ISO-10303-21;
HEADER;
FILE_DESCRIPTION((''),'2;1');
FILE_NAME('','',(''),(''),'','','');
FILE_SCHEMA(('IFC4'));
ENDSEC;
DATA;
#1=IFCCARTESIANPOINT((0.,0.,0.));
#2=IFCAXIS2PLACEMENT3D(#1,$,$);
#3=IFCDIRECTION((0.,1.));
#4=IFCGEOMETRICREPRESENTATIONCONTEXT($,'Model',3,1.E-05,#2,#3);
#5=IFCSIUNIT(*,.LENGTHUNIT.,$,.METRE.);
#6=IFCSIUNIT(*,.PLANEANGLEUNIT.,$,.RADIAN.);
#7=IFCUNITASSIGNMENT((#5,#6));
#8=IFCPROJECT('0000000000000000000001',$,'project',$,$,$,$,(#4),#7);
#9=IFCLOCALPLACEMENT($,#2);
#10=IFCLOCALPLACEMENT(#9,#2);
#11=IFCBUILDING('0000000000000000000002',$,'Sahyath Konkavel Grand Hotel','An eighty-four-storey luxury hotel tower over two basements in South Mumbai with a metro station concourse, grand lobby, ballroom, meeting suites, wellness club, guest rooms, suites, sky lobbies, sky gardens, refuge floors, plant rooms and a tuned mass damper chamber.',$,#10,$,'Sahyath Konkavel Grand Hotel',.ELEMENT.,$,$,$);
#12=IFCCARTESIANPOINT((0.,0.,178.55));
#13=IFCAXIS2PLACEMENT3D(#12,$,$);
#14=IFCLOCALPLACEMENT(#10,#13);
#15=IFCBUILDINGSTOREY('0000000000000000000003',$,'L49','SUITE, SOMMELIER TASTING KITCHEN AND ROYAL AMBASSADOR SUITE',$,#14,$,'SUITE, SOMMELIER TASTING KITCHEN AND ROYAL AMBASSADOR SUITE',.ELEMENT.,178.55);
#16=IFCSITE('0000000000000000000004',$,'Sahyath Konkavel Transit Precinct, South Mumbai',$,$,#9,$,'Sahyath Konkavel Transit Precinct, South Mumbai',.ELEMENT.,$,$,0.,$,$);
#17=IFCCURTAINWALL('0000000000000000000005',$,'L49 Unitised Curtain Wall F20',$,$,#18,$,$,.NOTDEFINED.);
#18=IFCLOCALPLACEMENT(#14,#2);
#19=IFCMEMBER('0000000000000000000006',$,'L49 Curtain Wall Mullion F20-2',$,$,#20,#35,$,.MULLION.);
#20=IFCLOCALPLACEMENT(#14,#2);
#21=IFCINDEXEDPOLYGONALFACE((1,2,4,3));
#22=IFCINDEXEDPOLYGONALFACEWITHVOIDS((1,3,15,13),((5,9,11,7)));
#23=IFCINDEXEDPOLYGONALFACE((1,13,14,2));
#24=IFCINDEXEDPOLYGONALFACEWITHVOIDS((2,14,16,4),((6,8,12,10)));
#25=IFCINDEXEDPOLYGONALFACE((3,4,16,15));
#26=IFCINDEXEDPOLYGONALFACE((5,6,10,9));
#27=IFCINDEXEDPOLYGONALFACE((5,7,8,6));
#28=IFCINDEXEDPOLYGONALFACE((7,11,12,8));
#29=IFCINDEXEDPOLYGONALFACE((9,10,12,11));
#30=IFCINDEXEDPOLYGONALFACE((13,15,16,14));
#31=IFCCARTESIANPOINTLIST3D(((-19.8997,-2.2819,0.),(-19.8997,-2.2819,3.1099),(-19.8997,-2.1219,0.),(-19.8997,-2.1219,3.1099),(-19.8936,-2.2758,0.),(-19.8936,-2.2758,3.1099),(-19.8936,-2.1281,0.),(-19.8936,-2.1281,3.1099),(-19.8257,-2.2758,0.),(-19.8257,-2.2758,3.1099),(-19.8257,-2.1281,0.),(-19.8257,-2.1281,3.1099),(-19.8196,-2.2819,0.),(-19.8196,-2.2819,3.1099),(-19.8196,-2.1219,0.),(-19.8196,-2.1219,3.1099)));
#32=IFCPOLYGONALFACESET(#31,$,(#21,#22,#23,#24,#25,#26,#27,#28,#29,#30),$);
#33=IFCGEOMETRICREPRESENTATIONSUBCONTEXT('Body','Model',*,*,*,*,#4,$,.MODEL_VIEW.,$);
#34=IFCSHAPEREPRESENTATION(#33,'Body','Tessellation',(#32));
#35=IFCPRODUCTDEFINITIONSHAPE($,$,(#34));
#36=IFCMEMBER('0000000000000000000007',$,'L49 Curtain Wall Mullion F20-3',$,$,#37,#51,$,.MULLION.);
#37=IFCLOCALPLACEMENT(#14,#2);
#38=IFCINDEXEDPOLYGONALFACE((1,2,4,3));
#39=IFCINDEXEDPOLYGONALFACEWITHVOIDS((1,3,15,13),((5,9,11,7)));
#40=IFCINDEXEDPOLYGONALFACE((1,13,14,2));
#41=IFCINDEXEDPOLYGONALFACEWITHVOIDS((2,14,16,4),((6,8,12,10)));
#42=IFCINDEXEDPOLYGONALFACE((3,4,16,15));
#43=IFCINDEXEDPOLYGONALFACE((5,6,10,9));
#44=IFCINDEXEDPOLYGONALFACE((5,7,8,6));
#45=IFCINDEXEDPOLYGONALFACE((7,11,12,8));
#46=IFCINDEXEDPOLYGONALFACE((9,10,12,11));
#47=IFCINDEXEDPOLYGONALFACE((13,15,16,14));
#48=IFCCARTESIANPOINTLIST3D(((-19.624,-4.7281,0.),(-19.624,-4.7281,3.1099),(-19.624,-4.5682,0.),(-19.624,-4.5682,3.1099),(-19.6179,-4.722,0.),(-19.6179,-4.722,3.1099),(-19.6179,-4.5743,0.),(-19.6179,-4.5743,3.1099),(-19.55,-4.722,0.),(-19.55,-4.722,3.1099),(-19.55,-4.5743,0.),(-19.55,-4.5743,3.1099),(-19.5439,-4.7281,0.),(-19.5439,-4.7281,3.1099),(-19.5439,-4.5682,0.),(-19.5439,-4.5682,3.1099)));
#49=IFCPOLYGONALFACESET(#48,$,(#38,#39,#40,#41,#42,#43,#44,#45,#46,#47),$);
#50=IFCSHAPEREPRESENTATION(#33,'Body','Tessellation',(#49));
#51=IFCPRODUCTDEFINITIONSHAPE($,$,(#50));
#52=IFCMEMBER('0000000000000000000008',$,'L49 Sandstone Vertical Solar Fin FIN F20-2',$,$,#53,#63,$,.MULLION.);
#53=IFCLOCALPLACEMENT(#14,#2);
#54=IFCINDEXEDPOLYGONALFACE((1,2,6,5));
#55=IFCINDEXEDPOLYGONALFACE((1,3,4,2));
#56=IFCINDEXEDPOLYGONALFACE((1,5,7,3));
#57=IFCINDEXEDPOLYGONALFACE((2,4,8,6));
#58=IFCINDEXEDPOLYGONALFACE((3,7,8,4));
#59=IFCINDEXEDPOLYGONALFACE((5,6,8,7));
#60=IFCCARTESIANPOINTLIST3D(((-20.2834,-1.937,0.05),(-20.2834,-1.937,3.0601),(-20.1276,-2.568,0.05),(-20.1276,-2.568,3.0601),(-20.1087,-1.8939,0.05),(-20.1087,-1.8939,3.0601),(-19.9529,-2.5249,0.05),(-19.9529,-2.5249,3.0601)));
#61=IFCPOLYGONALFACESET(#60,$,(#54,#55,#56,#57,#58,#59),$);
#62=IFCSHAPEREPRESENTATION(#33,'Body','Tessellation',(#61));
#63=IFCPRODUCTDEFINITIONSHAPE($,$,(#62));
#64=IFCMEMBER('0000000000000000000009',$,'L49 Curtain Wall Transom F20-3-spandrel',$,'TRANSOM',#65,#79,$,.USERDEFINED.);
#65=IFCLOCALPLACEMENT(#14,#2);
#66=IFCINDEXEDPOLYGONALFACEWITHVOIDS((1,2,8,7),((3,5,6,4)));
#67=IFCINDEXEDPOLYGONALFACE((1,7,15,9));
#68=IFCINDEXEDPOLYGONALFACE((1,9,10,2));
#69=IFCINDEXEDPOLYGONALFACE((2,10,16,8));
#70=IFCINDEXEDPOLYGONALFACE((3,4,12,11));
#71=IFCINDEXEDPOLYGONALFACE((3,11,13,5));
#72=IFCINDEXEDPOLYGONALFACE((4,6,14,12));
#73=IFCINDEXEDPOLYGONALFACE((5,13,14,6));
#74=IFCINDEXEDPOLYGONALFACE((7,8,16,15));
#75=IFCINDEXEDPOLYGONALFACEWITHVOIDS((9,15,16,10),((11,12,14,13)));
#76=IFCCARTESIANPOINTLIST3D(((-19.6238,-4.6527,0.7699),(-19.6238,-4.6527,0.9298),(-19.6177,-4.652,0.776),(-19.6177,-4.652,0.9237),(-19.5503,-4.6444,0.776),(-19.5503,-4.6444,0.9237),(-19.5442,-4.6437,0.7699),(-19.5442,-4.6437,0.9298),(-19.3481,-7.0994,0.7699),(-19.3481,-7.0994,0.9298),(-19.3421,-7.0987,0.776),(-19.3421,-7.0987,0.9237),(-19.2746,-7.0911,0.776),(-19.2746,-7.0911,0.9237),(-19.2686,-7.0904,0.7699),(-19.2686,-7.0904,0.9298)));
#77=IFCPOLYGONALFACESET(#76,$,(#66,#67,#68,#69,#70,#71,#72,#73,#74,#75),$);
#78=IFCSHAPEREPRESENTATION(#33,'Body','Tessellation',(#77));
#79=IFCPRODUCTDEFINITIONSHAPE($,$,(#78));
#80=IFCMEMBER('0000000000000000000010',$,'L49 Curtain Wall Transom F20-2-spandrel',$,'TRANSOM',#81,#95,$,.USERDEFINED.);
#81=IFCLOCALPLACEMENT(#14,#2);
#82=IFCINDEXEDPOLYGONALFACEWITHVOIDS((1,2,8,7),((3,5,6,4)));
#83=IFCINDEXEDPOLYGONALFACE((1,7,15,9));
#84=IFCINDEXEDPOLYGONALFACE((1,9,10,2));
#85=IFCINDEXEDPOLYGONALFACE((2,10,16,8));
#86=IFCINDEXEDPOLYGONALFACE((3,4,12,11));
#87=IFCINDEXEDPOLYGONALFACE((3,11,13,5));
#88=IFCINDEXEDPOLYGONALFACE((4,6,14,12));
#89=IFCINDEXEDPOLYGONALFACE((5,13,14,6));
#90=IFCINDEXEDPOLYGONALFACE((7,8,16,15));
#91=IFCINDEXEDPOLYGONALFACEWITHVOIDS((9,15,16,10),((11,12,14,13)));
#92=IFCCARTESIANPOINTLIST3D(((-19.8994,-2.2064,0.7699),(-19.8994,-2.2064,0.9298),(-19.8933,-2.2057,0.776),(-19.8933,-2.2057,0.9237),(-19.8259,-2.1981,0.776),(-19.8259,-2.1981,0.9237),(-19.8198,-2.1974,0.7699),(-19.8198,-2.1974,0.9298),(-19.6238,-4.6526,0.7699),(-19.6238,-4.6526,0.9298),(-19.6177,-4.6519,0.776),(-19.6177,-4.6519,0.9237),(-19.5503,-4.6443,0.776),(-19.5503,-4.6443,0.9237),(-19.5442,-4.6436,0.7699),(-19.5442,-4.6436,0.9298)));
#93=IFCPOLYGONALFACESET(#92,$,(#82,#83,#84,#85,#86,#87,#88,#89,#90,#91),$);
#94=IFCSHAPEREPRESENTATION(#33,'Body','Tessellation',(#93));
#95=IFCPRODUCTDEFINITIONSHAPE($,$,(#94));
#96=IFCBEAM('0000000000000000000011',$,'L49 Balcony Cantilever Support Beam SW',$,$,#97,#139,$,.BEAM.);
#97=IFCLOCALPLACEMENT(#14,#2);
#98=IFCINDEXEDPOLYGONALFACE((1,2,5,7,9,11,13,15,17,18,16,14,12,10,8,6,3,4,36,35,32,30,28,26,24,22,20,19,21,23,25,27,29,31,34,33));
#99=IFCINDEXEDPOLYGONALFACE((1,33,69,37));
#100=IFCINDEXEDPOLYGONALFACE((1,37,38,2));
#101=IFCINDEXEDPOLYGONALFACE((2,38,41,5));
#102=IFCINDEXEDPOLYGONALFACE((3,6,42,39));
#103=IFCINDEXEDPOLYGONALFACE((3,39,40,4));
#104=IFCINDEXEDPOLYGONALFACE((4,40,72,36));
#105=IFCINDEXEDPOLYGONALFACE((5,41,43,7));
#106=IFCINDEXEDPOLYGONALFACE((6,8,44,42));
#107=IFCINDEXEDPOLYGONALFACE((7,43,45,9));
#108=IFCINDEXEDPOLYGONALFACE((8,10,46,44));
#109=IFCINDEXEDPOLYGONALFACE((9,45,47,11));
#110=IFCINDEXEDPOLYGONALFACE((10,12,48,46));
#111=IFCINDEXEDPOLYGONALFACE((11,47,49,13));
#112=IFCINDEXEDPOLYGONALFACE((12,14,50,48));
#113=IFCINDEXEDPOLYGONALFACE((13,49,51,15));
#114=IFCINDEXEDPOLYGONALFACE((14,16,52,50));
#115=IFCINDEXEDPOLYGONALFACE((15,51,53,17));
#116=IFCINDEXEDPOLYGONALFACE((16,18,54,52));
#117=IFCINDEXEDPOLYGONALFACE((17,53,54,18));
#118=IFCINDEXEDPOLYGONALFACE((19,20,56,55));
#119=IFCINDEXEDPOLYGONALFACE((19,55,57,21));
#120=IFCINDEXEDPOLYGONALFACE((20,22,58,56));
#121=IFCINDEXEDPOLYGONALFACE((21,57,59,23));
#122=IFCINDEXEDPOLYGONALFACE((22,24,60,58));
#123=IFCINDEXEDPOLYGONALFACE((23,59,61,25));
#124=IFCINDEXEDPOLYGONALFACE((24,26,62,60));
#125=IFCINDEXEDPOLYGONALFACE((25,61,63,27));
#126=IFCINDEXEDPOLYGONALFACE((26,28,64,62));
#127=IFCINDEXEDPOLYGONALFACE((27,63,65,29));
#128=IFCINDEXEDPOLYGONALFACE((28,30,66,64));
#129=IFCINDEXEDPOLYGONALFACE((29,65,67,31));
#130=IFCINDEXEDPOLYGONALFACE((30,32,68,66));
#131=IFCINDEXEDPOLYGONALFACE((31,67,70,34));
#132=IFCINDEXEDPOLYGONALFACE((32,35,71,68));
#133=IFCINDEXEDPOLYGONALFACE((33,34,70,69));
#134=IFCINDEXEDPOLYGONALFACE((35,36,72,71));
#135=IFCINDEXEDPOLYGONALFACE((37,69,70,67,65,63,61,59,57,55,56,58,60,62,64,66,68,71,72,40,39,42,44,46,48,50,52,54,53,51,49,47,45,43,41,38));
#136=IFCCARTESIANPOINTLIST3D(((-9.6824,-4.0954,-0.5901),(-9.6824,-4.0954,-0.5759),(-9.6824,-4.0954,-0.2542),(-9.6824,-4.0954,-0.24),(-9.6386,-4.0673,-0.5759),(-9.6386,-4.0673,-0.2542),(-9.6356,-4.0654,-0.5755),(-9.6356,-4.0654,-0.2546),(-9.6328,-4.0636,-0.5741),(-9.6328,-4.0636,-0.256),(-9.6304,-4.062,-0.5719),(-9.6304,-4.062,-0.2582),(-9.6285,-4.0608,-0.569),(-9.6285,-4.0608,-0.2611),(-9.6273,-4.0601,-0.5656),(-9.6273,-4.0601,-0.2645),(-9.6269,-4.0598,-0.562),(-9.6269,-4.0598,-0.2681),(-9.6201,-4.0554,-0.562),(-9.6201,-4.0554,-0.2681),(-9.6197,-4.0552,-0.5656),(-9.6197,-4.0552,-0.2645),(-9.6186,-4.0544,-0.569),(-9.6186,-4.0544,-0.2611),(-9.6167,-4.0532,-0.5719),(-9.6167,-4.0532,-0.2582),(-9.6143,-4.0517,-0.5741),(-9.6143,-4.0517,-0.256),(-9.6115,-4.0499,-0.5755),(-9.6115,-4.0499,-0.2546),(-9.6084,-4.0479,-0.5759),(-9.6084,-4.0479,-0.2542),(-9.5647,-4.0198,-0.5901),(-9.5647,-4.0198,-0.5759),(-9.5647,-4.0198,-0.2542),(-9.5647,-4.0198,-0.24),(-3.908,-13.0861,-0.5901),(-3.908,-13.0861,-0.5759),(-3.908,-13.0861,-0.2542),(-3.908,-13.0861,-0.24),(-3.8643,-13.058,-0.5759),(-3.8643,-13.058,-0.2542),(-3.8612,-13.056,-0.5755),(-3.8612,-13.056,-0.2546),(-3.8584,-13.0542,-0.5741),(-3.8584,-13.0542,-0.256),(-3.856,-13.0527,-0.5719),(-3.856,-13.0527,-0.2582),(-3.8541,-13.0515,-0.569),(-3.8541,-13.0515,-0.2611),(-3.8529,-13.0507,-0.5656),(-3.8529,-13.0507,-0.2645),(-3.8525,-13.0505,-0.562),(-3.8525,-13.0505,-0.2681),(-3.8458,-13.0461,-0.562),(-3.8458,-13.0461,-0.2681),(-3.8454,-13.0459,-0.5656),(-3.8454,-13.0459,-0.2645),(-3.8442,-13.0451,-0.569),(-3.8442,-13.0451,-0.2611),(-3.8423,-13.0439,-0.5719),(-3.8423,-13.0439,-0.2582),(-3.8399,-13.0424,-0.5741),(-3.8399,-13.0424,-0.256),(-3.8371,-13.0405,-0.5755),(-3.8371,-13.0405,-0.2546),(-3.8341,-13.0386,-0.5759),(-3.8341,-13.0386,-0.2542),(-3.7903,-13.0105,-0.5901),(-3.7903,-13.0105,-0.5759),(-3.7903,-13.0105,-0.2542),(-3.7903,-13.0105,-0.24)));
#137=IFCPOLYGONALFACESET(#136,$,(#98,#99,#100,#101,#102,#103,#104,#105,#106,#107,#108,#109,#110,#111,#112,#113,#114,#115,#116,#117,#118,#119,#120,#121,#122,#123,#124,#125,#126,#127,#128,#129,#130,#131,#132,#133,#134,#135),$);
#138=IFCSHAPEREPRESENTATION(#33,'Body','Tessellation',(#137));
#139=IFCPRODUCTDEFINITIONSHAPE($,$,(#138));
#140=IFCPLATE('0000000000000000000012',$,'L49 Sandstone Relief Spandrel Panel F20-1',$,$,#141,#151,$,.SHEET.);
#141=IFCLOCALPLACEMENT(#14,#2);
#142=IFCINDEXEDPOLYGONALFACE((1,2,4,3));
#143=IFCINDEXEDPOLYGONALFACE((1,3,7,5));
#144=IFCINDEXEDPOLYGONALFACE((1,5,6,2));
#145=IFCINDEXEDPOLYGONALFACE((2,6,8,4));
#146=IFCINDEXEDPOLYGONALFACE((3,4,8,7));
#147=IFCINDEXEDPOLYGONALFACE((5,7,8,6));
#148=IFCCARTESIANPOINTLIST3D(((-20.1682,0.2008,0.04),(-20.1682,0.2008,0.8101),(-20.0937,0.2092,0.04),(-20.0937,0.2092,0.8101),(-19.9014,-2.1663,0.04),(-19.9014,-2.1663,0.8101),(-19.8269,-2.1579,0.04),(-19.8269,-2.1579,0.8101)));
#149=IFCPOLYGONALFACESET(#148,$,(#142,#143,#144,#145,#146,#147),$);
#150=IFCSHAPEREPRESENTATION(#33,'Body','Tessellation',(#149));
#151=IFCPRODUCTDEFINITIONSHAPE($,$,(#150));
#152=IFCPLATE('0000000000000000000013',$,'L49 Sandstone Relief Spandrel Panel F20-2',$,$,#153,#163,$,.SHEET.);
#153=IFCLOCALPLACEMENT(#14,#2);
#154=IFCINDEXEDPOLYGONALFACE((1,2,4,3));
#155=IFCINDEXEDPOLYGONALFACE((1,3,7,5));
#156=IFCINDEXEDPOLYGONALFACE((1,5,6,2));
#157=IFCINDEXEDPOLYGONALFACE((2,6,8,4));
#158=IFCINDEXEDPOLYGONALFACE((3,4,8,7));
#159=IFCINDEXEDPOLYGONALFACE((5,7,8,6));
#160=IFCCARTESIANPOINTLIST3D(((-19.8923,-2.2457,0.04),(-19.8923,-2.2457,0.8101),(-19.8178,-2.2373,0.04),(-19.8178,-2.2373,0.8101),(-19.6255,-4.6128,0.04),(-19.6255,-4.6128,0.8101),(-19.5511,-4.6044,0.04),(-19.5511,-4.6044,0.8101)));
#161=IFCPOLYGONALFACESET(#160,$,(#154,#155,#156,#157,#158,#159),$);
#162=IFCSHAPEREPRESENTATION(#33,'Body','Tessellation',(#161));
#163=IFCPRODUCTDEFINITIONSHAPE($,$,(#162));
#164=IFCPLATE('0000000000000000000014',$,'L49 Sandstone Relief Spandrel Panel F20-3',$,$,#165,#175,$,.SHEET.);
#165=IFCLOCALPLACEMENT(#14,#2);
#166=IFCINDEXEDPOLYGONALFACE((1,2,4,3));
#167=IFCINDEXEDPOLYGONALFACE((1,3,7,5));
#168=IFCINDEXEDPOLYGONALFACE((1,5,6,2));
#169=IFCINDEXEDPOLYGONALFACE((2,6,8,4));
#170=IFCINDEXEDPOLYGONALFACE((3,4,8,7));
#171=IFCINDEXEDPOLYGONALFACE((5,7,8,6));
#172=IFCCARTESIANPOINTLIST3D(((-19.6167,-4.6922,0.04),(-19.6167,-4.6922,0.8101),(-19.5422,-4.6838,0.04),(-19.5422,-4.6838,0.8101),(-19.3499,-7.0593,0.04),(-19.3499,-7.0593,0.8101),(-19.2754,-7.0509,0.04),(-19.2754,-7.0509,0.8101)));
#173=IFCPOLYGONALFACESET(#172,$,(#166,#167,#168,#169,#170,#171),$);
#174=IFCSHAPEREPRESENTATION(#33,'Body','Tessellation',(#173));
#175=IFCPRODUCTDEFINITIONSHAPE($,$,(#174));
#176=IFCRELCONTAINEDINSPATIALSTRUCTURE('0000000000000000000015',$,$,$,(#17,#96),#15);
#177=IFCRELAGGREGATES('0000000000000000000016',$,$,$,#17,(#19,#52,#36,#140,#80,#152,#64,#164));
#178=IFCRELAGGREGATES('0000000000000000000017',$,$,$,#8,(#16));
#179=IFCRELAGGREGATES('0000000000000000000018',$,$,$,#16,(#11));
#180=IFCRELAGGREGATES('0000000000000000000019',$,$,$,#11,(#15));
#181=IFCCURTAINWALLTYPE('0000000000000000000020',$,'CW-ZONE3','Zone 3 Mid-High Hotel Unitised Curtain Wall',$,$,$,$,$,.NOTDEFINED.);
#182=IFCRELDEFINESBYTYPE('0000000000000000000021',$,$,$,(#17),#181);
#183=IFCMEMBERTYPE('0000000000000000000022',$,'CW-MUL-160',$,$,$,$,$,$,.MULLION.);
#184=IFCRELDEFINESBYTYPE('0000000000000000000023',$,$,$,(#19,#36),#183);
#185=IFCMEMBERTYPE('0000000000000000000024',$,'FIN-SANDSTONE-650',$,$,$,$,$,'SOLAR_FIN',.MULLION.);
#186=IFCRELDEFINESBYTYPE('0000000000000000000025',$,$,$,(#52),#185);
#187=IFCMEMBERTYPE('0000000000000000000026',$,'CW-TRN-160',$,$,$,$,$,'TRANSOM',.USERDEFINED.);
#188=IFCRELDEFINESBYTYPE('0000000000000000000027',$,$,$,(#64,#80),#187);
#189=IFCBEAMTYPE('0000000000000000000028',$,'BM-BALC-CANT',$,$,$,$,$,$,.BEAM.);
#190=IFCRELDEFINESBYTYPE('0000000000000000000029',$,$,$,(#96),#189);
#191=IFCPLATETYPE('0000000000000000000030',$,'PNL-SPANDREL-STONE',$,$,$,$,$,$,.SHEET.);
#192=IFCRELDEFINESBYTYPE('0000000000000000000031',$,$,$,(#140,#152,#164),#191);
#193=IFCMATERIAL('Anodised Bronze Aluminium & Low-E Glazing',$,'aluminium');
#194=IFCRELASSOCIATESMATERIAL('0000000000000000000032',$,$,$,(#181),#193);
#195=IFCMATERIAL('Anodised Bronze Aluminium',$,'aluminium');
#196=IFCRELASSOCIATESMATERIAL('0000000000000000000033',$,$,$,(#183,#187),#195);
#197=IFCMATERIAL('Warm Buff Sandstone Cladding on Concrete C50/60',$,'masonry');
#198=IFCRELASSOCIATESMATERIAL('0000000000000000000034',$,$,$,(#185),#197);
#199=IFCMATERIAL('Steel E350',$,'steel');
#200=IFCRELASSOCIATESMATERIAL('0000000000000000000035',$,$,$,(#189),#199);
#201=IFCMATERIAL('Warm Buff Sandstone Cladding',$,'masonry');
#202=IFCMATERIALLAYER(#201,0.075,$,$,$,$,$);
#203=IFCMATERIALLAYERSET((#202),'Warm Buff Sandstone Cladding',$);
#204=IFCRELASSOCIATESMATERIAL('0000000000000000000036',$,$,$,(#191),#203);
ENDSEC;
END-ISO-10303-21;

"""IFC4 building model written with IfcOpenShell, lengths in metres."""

from ifc_helpers import new_model, si_unit, direction, frame, origin, origin_2d, place, context, subcontext, project, spatial, rectangle, hollow_rectangle, i_section, extrude, source, transform, mapped, material, layer, layer_set, material_profile, profile_set, type_object, element, aggregate, save


model = new_model("IFC4")

# Units and contexts
model_context = context("Model", 3, precision=1e-05, world=origin(), true_north=direction((0.0, 1.0)))
body_context = subcontext(model_context, "Body", "Model", "MODEL_VIEW")
ifc_project = project(units=[si_unit("LENGTHUNIT", "METRE"), si_unit("PLANEANGLEUNIT", "RADIAN")], contexts=[model_context])

# Site, building, storey
site_placement = place(None, origin())
site = spatial("IfcSite", under=ifc_project, at=site_placement, Name="Sahyath Konkavel Transit Precinct, South Mumbai", LongName="Sahyath Konkavel Transit Precinct, South Mumbai", CompositionType="ELEMENT", RefElevation=0.0)
building_placement = place(site_placement, origin())
building = spatial("IfcBuilding", under=site, at=building_placement, Name="Sahyath Konkavel Grand Hotel", Description="An eighty-four-storey luxury hotel tower over two basements in South Mumbai with a metro station concourse, grand lobby, ballroom, meeting suites, wellness club, guest rooms, suites, sky lobbies, sky gardens, refuge floors, plant rooms and a tuned mass damper chamber.", LongName="Sahyath Konkavel Grand Hotel", CompositionType="ELEMENT")
storey_placement = place(building_placement, frame((0.0, 0.0, 178.55)))
storey = spatial("IfcBuildingStorey", under=building, at=storey_placement, Name="L49", Description="SUITE, SOMMELIER TASTING KITCHEN AND ROYAL AMBASSADOR SUITE", LongName="SUITE, SOMMELIER TASTING KITCHEN AND ROYAL AMBASSADOR SUITE", CompositionType="ELEMENT", Elevation=178.55)

# Curtain wall, members
ifc_material_1 = material(Name="Anodised Bronze Aluminium & Low-E Glazing", Category="aluminium")
curtain_wall_type = type_object("IfcCurtainWallType", Name="CW-ZONE3", Description="Zone 3 Mid-High Hotel Unitised Curtain Wall", PredefinedType="NOTDEFINED", material=ifc_material_1)
curtain_wall_placement = place(storey_placement, origin())
curtain_wall = element("IfcCurtainWall", 1, at=curtain_wall_placement, inside=storey, type_object=curtain_wall_type, Name="L49 Unitised Curtain Wall F20", PredefinedType="NOTDEFINED")
ifc_material_2 = material(Name="Anodised Bronze Aluminium", Category="aluminium")
ifc_material_profile_1 = material_profile(ifc_material_2, hollow_rectangle(XDim=0.0801, YDim=0.1599, WallThickness=0.0061, at=origin_2d()), Name="RHS 160x80x6")
ifc_profile_set_1 = profile_set([ifc_material_profile_1], Name="Anodised Bronze Aluminium")
member_type_1 = type_object("IfcMemberType", Name="CW-MUL-160", PredefinedType="MULLION", material=ifc_profile_set_1)
shared_shape_1 = source(origin(), body_context, "Body", "SweptSolid", [
    extrude(hollow_rectangle(XDim=0.0801, YDim=0.1599, WallThickness=0.0061, at=origin_2d()), origin(), (0.0, 0.0, 1.0), 3.1099),
])
member_1_placement = place(storey_placement, frame((-19.8596, -2.2019, 0.0), z_axis=(0.0, 0.0, 1.0), x_axis=(1.0, 0.0, 0.0)))
member_1 = element("IfcMember", 2, at=member_1_placement, type_object=member_type_1, Name="L49 Curtain Wall Mullion F20-2", PredefinedType="MULLION", context=body_context, shape_type="MappedRepresentation", body=[
    mapped(shared_shape_1, transform((0.0, 0.0, 0.0), scale=1.0)),
])
member_2_placement = place(storey_placement, frame((-19.584, -4.6482, 0.0), z_axis=(0.0, 0.0, 1.0), x_axis=(1.0, 0.0, 0.0)))
member_2 = element("IfcMember", 3, at=member_2_placement, type_object=member_type_1, Name="L49 Curtain Wall Mullion F20-3", PredefinedType="MULLION", context=body_context, shape_type="MappedRepresentation", body=[
    mapped(shared_shape_1, transform((0.0, 0.0, 0.0), scale=1.0)),
])
ifc_material_3 = material(Name="Warm Buff Sandstone Cladding on Concrete C50/60", Category="masonry")
ifc_material_profile_2 = material_profile(ifc_material_3, rectangle(XDim=0.1799, YDim=0.6499, at=origin_2d()), Name="FIN 180x650")
ifc_profile_set_2 = profile_set([ifc_material_profile_2], Name="Warm Buff Sandstone Cladding on Concrete C50/60")
member_type_2 = type_object("IfcMemberType", Name="FIN-SANDSTONE-650", ElementType="SOLAR_FIN", PredefinedType="MULLION", material=ifc_profile_set_2)
shared_shape_2 = source(origin(), body_context, "Body", "SweptSolid", [
    extrude(rectangle(XDim=0.1799, YDim=0.6499, at=origin_2d()), origin(), (0.0, 0.0, 1.0), 3.01),
])
member_3_placement = place(storey_placement, frame((-20.1182, -2.231, 0.05), z_axis=(0.0, 0.0, 1.0), x_axis=(0.970842, 0.23972, 0.0)))
member_3 = element("IfcMember", 4, at=member_3_placement, type_object=member_type_2, Name="L49 Sandstone Vertical Solar Fin FIN F20-2", PredefinedType="MULLION", context=body_context, shape_type="MappedRepresentation", body=[
    mapped(shared_shape_2, transform((0.0, 0.0, 0.0), scale=1.0)),
])
ifc_material_profile_3 = material_profile(ifc_material_2, hollow_rectangle(XDim=0.0801, YDim=0.1599, WallThickness=0.0061, at=origin_2d()), Name="RHS 160x80x6")
ifc_profile_set_3 = profile_set([ifc_material_profile_3], Name="Anodised Bronze Aluminium")
member_type_3 = type_object("IfcMemberType", Name="CW-TRN-160", ElementType="TRANSOM", PredefinedType="USERDEFINED", material=ifc_profile_set_3)
shared_shape_3 = source(origin(), body_context, "Body", "SweptSolid", [
    extrude(hollow_rectangle(XDim=0.0801, YDim=0.1599, WallThickness=0.0061, at=origin_2d()), origin(), (0.0, 0.0, 1.0), 2.4622),
])
member_4_placement = place(storey_placement, frame((-19.584, -4.6482, 0.8499), z_axis=(0.111944, -0.993715, 0.0), x_axis=(0.993715, 0.111944, 0.0)))
member_4 = element("IfcMember", 5, at=member_4_placement, type_object=member_type_3, Name="L49 Curtain Wall Transom F20-3-spandrel", ObjectType="TRANSOM", PredefinedType="USERDEFINED", context=body_context, shape_type="MappedRepresentation", body=[
    mapped(shared_shape_3, transform((0.0, 0.0, 0.0), scale=1.0)),
])
shared_shape_4 = source(origin(), body_context, "Body", "SweptSolid", [
    extrude(hollow_rectangle(XDim=0.0801, YDim=0.1599, WallThickness=0.0061, at=origin_2d()), origin(), (0.0, 0.0, 1.0), 2.4617),
])
member_5_placement = place(storey_placement, frame((-19.8596, -2.2019, 0.8499), z_axis=(0.111966, -0.993712, 0.0), x_axis=(0.993712, 0.111966, 0.0)))
member_5 = element("IfcMember", 6, at=member_5_placement, type_object=member_type_3, Name="L49 Curtain Wall Transom F20-2-spandrel", ObjectType="TRANSOM", PredefinedType="USERDEFINED", context=body_context, shape_type="MappedRepresentation", body=[
    mapped(shared_shape_4, transform((0.0, 0.0, 0.0), scale=1.0)),
])

# Beam
ifc_material_4 = material(Name="Steel E350", Category="steel")
ifc_material_profile_4 = material_profile(ifc_material_4, i_section(OverallWidth=0.1399, OverallDepth=0.3501, WebThickness=0.0081, FlangeThickness=0.0142, FilletRadius=0.0139, at=origin_2d()), Name="ISMB 350")
ifc_profile_set_4 = profile_set([ifc_material_profile_4], Name="Steel E350")
beam_type = type_object("IfcBeamType", Name="BM-BALC-CANT", PredefinedType="BEAM", material=ifc_profile_set_4)
shared_shape_5 = source(origin(), body_context, "Body", "SweptSolid", [
    extrude(i_section(OverallWidth=0.1399, OverallDepth=0.3501, WebThickness=0.0081, FlangeThickness=0.0142, FilletRadius=0.0139, at=origin_2d()), origin(), (0.0, 0.0, 1.0), 10.6853),
])
beam_placement = place(storey_placement, frame((-9.6235, -4.0576, -0.415), z_axis=(0.540404, -0.841406, 0.0), x_axis=(0.841406, 0.540404, 0.0)))
element("IfcBeam", 7, at=beam_placement, inside=storey, type_object=beam_type, Name="L49 Balcony Cantilever Support Beam SW", PredefinedType="BEAM", context=body_context, shape_type="MappedRepresentation", body=[
    mapped(shared_shape_5, transform((0.0, 0.0, 0.0), scale=1.0)),
])

# Plates
ifc_material_5 = material(Name="Warm Buff Sandstone Cladding", Category="masonry")
ifc_layer_1 = layer(ifc_material_5, 0.075)
ifc_layer_set_1 = layer_set([ifc_layer_1], Name="Warm Buff Sandstone Cladding")
plate_type_1 = type_object("IfcPlateType", Name="PNL-SPANDREL-STONE", PredefinedType="SHEET", material=ifc_layer_set_1)
shared_shape_6 = source(origin(), body_context, "Body", "SweptSolid", [
    extrude(rectangle(XDim=2.3821, YDim=0.075, at=origin_2d()), origin(), (0.0, 0.0, 1.0), 0.77),
])
plate_1_placement = place(storey_placement, frame((-19.9976, -0.9785, 0.04), z_axis=(0.0, 0.0, 1.0), x_axis=(0.111989, -0.993709, 0.0)))
plate_1 = element("IfcPlate", 8, at=plate_1_placement, type_object=plate_type_1, Name="L49 Sandstone Relief Spandrel Panel F20-1", PredefinedType="SHEET", context=body_context, shape_type="MappedRepresentation", body=[
    mapped(shared_shape_6, transform((0.0, 0.0, 0.0), scale=1.0)),
])
plate_2_placement = place(storey_placement, frame((-19.7217, -3.425, 0.04), z_axis=(0.0, 0.0, 1.0), x_axis=(0.111989, -0.993709, 0.0)))
plate_2 = element("IfcPlate", 9, at=plate_2_placement, type_object=plate_type_1, Name="L49 Sandstone Relief Spandrel Panel F20-2", PredefinedType="SHEET", context=body_context, shape_type="MappedRepresentation", body=[
    mapped(shared_shape_6, transform((0.0, 0.0, 0.0), scale=1.0)),
])
plate_3_placement = place(storey_placement, frame((-19.446, -5.8716, 0.04), z_axis=(0.0, 0.0, 1.0), x_axis=(0.111989, -0.993709, 0.0)))
plate_3 = element("IfcPlate", 10, at=plate_3_placement, type_object=plate_type_1, Name="L49 Sandstone Relief Spandrel Panel F20-3", PredefinedType="SHEET", context=body_context, shape_type="MappedRepresentation", body=[
    mapped(shared_shape_6, transform((0.0, 0.0, 0.0), scale=1.0)),
])
aggregate(curtain_wall, [member_1, member_3, member_2, plate_1, member_5, plate_2, member_4, plate_3])

save(model, "model.ifc")
